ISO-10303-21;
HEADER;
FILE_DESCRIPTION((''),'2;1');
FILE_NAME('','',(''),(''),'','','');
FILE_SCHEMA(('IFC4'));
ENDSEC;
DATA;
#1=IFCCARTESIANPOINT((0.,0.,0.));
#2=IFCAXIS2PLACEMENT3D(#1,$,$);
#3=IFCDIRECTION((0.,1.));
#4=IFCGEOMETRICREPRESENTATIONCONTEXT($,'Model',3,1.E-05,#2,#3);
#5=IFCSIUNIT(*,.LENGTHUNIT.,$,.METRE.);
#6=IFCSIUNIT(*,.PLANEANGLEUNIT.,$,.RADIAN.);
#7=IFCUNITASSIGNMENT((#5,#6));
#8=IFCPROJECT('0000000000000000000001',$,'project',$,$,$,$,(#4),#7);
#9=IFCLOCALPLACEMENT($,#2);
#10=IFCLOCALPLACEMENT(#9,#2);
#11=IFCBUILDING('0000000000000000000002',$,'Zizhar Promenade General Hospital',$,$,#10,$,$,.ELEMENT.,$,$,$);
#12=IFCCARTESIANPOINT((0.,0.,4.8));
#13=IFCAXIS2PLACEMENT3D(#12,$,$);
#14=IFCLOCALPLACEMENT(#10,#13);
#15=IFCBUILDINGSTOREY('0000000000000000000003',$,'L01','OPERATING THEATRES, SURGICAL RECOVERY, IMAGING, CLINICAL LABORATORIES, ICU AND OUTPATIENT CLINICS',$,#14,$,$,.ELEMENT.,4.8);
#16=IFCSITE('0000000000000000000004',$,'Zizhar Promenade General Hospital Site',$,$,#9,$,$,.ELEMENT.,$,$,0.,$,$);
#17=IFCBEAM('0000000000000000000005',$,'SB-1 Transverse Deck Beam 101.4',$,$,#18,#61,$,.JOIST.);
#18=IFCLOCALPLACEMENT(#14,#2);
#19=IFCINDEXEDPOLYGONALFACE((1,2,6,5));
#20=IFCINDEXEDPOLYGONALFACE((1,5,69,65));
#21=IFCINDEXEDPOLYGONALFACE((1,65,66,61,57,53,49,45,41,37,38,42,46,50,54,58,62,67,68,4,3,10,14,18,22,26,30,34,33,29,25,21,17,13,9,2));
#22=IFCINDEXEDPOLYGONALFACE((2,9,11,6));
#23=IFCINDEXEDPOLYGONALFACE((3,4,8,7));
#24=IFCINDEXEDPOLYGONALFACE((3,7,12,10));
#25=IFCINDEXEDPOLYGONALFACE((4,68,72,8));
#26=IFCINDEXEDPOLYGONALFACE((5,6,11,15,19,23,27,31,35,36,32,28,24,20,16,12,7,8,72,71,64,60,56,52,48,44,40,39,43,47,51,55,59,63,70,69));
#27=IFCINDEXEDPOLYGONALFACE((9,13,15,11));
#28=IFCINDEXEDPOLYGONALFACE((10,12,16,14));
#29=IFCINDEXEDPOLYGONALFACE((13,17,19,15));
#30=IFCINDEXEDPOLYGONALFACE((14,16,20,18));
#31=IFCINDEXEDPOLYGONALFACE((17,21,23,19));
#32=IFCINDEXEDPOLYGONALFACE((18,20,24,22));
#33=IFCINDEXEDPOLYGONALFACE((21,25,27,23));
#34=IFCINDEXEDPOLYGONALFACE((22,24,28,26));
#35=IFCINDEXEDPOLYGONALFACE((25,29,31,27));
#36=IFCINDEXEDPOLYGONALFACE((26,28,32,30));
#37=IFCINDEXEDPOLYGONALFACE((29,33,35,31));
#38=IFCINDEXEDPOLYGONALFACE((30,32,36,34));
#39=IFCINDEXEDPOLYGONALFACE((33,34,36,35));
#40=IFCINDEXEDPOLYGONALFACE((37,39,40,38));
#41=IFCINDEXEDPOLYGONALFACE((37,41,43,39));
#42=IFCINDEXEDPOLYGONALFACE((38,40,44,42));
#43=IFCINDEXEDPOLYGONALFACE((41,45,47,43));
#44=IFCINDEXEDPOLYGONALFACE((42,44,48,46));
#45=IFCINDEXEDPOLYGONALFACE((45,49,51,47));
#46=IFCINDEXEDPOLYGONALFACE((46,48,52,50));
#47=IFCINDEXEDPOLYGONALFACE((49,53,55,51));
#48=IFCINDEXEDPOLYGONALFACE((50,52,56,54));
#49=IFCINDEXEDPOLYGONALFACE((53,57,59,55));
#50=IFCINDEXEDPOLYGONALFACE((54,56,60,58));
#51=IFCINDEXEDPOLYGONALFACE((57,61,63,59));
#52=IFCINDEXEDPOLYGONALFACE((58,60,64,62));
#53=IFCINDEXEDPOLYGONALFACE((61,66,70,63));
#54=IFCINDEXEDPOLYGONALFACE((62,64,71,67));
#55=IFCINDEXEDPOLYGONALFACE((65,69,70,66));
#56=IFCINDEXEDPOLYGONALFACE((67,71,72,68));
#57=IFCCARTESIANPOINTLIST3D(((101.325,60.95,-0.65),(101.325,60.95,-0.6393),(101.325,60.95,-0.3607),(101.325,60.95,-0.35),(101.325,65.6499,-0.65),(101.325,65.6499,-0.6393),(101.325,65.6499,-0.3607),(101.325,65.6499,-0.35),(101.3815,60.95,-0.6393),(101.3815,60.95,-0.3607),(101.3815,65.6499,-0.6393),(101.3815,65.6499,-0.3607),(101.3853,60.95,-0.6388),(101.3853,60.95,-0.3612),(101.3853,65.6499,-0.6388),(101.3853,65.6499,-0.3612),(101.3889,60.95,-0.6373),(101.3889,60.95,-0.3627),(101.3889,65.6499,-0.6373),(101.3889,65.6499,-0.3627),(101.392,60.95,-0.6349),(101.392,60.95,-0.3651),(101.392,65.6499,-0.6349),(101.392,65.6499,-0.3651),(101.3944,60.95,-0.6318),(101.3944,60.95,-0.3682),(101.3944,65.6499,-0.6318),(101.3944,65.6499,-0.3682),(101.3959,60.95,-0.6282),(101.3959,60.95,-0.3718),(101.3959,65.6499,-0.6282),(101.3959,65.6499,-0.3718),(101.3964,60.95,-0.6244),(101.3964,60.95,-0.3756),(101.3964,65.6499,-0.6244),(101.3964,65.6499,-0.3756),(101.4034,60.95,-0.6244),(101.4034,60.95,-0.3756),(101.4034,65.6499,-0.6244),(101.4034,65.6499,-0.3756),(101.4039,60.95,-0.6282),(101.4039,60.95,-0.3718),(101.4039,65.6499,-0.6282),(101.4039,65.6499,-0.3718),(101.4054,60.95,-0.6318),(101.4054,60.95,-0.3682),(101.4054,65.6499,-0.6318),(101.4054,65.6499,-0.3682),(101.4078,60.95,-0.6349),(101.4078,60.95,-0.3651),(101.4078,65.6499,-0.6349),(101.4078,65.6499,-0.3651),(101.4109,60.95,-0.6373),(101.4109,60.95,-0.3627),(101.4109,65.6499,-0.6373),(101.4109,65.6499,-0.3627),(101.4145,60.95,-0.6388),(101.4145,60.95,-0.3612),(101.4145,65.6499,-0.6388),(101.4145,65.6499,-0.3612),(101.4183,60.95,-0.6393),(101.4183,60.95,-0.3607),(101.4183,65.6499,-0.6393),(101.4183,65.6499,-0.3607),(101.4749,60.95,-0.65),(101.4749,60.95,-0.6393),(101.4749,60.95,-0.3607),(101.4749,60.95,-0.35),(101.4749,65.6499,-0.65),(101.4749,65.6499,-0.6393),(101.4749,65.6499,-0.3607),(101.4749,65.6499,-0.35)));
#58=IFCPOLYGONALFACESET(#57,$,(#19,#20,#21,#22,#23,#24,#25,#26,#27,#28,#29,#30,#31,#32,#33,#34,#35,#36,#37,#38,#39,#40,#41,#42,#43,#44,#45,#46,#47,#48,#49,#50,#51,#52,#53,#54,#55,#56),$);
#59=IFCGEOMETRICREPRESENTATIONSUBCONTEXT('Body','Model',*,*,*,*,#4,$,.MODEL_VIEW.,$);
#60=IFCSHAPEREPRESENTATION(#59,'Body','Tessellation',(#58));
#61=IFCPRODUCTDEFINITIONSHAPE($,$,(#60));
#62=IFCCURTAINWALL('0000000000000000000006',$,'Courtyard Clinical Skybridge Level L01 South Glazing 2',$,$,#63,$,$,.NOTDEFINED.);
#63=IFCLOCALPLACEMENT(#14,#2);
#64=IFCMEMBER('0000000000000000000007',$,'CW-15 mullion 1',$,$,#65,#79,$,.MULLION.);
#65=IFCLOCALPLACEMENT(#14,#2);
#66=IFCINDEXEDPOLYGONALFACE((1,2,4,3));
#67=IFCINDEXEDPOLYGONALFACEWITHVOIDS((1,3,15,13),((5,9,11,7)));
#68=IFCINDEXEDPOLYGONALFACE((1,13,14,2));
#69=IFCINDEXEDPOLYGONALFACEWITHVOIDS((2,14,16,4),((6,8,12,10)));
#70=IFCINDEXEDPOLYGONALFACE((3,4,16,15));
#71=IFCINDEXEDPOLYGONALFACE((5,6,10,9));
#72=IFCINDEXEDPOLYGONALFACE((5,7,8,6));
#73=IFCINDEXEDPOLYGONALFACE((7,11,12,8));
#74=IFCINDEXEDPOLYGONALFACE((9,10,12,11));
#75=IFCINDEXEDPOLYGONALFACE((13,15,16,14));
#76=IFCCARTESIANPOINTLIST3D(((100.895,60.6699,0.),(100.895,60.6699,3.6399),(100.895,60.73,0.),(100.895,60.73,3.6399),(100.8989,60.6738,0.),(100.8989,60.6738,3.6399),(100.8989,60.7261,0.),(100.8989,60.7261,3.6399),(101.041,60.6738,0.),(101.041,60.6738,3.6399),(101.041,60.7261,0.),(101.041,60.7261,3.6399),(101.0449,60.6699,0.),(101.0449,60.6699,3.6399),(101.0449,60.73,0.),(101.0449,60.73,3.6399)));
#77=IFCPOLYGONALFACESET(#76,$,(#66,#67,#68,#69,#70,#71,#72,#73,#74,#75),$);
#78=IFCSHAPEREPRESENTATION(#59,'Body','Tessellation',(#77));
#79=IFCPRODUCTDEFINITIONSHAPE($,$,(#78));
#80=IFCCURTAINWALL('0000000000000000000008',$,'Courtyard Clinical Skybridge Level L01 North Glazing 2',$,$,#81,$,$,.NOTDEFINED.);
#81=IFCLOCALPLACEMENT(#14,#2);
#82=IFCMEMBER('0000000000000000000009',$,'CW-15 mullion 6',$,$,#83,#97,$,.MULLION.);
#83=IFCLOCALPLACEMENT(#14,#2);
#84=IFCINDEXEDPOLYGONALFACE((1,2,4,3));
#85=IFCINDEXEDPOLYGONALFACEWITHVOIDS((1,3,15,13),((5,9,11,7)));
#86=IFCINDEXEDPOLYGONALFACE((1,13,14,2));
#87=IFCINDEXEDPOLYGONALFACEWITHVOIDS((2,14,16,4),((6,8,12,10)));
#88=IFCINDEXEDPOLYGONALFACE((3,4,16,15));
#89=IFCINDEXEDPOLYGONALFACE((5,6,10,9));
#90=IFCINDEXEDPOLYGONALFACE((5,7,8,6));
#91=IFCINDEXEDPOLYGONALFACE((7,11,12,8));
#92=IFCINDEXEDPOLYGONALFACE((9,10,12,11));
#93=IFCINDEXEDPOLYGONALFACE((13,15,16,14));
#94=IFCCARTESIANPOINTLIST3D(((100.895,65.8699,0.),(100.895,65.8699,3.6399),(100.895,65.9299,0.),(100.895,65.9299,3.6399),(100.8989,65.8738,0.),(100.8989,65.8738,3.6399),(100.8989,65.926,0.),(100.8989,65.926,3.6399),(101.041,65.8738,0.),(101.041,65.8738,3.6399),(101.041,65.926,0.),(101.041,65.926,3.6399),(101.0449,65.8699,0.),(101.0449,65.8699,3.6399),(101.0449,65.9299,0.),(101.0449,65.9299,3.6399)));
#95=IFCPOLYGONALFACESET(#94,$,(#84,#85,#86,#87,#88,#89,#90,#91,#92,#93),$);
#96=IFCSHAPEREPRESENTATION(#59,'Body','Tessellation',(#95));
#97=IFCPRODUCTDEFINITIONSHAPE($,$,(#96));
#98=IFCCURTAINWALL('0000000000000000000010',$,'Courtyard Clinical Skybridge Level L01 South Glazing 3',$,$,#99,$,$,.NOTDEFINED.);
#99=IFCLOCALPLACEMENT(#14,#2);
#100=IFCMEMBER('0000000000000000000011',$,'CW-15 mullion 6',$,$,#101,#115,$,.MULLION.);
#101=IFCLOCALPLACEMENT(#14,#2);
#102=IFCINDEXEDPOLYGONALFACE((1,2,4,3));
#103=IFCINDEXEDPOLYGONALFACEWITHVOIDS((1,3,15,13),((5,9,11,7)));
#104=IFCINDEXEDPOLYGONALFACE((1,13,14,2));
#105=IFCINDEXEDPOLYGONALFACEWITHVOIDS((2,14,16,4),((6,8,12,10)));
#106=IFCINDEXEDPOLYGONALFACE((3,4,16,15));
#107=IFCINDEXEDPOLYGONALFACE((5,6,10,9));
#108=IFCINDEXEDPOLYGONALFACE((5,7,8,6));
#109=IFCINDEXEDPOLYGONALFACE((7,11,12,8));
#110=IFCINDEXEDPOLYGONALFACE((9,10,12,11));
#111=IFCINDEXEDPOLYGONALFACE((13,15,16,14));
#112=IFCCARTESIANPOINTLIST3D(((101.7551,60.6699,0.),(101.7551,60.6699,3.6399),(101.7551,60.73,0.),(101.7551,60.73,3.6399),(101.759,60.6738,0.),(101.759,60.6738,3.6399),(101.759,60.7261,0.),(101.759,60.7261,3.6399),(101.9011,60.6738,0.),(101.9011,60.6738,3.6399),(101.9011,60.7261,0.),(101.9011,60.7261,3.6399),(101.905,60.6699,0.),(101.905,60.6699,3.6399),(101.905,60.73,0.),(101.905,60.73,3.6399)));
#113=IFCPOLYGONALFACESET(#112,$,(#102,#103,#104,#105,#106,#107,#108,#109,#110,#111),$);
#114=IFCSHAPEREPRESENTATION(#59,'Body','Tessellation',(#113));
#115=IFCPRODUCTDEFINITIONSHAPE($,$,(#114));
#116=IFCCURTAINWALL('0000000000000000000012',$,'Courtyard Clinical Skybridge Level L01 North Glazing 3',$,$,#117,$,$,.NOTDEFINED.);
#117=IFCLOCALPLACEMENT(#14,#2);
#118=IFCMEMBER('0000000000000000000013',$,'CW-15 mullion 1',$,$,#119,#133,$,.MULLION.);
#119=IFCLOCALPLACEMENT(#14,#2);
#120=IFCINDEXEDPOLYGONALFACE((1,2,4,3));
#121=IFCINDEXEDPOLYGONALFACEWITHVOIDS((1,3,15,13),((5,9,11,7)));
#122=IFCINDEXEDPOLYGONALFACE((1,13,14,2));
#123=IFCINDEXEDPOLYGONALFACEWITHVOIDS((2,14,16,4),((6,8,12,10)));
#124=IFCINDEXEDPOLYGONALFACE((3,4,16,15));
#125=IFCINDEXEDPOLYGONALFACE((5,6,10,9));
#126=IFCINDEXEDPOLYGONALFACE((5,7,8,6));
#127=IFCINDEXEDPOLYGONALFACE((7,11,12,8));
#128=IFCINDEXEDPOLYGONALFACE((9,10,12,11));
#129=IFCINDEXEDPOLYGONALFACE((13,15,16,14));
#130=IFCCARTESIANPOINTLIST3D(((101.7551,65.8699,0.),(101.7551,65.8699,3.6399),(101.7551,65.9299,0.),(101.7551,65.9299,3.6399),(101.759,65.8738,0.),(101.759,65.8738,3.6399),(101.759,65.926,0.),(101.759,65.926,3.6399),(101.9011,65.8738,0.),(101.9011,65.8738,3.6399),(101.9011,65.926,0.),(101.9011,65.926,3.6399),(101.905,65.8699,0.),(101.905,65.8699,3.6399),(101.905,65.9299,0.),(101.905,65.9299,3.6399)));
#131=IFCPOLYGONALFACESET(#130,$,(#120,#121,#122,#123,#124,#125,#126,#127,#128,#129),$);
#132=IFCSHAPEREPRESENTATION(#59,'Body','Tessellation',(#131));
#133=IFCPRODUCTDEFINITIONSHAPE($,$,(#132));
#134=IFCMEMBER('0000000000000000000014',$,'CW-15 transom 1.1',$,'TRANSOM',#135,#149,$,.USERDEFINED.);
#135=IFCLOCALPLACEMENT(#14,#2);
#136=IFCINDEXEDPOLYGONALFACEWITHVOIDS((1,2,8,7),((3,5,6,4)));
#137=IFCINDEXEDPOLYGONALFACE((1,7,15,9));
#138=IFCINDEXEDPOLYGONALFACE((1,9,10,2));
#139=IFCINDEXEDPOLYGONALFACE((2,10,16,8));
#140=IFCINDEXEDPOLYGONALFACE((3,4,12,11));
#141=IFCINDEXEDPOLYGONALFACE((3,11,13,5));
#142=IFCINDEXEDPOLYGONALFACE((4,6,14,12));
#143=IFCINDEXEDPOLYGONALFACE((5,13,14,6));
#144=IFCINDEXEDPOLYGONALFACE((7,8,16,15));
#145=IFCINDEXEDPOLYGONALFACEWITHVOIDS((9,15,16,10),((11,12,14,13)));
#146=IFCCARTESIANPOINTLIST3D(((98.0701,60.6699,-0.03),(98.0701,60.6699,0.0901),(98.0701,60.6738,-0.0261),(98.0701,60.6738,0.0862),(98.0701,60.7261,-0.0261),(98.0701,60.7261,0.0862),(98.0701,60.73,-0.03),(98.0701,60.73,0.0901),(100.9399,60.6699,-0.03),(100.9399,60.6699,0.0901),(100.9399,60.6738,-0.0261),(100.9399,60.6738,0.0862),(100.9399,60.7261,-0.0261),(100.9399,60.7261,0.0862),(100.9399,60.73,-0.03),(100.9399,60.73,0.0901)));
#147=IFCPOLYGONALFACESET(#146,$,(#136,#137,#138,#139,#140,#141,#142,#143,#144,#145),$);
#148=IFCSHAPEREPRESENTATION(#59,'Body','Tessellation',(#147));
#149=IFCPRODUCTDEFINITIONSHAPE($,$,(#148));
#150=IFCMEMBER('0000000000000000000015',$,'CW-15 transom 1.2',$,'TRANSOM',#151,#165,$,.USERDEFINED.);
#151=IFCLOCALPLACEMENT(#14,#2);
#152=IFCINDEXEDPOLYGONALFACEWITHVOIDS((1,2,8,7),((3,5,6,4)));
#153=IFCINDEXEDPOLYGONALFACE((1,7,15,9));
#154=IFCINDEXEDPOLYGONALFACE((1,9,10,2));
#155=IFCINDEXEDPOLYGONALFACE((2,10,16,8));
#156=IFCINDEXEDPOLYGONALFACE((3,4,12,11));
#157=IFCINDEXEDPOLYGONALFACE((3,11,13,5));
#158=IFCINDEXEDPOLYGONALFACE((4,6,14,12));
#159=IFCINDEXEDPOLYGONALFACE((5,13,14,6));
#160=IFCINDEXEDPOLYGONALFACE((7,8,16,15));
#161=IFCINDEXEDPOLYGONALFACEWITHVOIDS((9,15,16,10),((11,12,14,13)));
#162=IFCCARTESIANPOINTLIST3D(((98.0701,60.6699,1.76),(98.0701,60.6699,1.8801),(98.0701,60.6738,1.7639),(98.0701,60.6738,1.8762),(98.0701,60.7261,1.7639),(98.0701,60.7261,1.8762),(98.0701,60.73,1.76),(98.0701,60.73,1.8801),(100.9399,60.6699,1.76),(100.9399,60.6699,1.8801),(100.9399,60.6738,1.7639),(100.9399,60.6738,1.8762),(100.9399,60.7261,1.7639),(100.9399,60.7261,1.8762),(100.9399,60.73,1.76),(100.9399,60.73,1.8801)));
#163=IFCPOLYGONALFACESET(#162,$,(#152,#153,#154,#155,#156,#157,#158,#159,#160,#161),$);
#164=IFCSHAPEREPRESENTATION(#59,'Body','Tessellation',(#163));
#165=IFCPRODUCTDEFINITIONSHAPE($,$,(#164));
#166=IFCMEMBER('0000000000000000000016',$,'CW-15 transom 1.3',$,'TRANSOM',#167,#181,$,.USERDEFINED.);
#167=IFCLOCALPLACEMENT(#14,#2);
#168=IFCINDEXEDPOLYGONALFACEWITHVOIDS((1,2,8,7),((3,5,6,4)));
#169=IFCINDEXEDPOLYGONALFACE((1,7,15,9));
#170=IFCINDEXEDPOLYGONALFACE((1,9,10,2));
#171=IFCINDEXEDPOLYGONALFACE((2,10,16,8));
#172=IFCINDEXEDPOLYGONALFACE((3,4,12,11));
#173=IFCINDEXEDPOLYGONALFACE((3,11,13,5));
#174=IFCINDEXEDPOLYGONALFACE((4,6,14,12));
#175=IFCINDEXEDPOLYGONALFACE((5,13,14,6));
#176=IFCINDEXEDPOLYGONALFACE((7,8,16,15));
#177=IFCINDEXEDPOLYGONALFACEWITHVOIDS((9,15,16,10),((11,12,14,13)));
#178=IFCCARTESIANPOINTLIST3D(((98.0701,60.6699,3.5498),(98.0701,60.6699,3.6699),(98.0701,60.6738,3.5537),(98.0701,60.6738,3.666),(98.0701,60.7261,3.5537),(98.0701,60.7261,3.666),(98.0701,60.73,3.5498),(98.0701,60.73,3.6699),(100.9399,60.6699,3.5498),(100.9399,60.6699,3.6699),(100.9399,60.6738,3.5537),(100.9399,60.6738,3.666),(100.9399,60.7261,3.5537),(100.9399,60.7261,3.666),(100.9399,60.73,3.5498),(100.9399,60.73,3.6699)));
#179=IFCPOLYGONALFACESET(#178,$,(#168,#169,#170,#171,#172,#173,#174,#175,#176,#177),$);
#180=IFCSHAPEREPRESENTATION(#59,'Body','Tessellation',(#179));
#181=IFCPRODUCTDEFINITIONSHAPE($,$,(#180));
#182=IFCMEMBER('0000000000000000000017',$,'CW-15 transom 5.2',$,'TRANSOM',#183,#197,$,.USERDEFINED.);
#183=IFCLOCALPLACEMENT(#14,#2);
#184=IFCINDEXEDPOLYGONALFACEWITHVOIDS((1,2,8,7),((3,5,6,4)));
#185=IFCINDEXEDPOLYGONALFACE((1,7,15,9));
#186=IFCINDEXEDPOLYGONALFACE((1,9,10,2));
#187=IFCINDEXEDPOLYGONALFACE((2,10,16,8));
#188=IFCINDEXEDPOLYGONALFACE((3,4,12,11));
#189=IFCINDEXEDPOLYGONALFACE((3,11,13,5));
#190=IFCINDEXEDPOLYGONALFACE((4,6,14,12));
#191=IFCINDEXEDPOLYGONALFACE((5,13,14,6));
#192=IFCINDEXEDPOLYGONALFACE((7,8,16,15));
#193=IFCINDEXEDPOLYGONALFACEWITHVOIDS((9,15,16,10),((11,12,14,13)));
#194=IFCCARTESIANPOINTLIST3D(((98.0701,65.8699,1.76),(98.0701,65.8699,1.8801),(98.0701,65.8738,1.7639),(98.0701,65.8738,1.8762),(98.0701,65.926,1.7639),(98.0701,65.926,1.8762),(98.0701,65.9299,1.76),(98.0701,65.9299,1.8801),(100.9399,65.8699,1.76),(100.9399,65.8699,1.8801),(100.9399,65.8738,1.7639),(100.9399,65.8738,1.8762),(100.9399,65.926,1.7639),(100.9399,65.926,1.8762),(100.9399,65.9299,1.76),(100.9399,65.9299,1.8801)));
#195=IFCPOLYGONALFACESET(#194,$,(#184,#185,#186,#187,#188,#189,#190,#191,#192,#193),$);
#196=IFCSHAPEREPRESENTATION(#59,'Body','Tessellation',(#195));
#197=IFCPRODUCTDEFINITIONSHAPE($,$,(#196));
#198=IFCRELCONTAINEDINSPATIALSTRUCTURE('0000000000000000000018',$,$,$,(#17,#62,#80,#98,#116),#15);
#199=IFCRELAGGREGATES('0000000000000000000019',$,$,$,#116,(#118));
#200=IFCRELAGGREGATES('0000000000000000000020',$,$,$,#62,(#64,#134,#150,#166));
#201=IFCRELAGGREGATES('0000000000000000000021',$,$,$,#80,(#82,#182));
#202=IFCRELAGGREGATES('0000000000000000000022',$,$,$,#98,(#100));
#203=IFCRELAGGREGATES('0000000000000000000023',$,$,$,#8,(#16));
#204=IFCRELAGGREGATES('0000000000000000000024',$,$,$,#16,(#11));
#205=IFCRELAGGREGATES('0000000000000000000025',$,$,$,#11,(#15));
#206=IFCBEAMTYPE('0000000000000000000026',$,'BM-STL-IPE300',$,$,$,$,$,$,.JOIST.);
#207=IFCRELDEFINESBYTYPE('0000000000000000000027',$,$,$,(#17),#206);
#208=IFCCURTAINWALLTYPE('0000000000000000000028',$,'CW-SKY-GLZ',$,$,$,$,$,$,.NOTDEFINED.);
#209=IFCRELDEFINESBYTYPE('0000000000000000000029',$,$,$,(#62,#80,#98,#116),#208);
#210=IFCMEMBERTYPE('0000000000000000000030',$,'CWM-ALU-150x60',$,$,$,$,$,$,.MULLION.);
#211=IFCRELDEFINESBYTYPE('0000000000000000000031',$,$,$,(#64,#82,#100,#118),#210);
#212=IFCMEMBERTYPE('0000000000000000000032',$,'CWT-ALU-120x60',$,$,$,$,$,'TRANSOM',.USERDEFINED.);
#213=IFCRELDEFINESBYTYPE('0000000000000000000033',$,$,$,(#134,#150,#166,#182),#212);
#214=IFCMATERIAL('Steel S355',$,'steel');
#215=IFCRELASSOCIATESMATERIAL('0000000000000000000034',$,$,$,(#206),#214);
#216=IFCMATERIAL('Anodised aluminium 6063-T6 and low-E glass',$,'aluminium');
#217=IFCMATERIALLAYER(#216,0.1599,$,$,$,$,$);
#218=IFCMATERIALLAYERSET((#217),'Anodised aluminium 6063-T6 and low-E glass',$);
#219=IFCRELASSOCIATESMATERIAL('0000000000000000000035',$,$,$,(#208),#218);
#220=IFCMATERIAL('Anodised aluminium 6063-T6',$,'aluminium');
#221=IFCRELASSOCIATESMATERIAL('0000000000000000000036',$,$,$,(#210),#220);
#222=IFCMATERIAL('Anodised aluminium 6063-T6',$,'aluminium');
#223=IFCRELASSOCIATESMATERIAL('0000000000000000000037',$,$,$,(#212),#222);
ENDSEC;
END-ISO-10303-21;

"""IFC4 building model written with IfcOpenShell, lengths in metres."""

from ifc_helpers import new_model, si_unit, direction, frame, origin, origin_2d, place, context, subcontext, project, spatial, hollow_rectangle, i_section, extrude, material, layer, layer_set, material_profile, profile_set, type_object, element, aggregate, save


model = new_model("IFC4")

# Units and contexts
model_context = context("Model", 3, precision=1e-05, world=origin(), true_north=direction((0.0, 1.0)))
body_context = subcontext(model_context, "Body", "Model", "MODEL_VIEW")
ifc_project = project(units=[si_unit("LENGTHUNIT", "METRE"), si_unit("PLANEANGLEUNIT", "RADIAN")], contexts=[model_context])

# Site, building, storey
site_placement = place(None, origin())
site = spatial("IfcSite", under=ifc_project, at=site_placement, Name="Zizhar Promenade General Hospital Site", CompositionType="ELEMENT", RefElevation=0.0)
building_placement = place(site_placement, origin())
building = spatial("IfcBuilding", under=site, at=building_placement, Name="Zizhar Promenade General Hospital", CompositionType="ELEMENT")
storey_placement = place(building_placement, frame((0.0, 0.0, 4.8)))
storey = spatial("IfcBuildingStorey", under=building, at=storey_placement, Name="L01", Description="OPERATING THEATRES, SURGICAL RECOVERY, IMAGING, CLINICAL LABORATORIES, ICU AND OUTPATIENT CLINICS", CompositionType="ELEMENT", Elevation=4.8)

# Beam
ifc_material_1 = material(Name="Steel S355", Category="steel")
ifc_material_profile_1 = material_profile(ifc_material_1, i_section(OverallWidth=0.1499, OverallDepth=0.3, WebThickness=0.0071, FlangeThickness=0.0107, FilletRadius=0.0149, at=origin_2d()))
ifc_profile_set_1 = profile_set([ifc_material_profile_1], Name="Steel S355")
beam_type_1 = type_object("IfcBeamType", Name="BM-STL-IPE300", PredefinedType="JOIST", material=ifc_profile_set_1)
beam_placement = place(storey_placement, frame((101.3999, 60.95, -0.5), z_axis=(0.0, 1.0, 0.0), x_axis=(-1.0, 0.0, 0.0)))
element("IfcBeam", 1, at=beam_placement, inside=storey, type_object=beam_type_1, Name="SB-1 Transverse Deck Beam 101.4", PredefinedType="JOIST", context=body_context, shape_type="SweptSolid", body=[
    extrude(i_section(OverallWidth=0.1499, OverallDepth=0.3, WebThickness=0.0071, FlangeThickness=0.0107, FilletRadius=0.0149, at=origin_2d()), origin(), (0.0, 0.0, 1.0), 4.7),
])

# Curtain walls, members
ifc_material_2 = material(Name="Anodised aluminium 6063-T6 and low-E glass", Category="aluminium")
ifc_layer_1 = layer(ifc_material_2, 0.1599)
ifc_layer_set_1 = layer_set([ifc_layer_1], Name="Anodised aluminium 6063-T6 and low-E glass")
curtain_wall_type = type_object("IfcCurtainWallType", Name="CW-SKY-GLZ", PredefinedType="NOTDEFINED", material=ifc_layer_set_1)
curtain_wall_1_placement = place(storey_placement, origin())
curtain_wall_1 = element("IfcCurtainWall", 2, at=curtain_wall_1_placement, inside=storey, type_object=curtain_wall_type, Name="Courtyard Clinical Skybridge Level L01 South Glazing 2", PredefinedType="NOTDEFINED")
ifc_material_3 = material(Name="Anodised aluminium 6063-T6", Category="aluminium")
ifc_material_profile_2 = material_profile(ifc_material_3, hollow_rectangle(XDim=0.0601, YDim=0.1499, WallThickness=0.0039, at=origin_2d()))
ifc_profile_set_2 = profile_set([ifc_material_profile_2], Name="Anodised aluminium 6063-T6")
member_type_1 = type_object("IfcMemberType", Name="CWM-ALU-150x60", PredefinedType="MULLION", material=ifc_profile_set_2)
member_1_placement = place(storey_placement, frame((100.97, 60.7, 0.0), z_axis=(0.0, 0.0, 1.0), x_axis=(0.0, -1.0, 0.0)))
member_1 = element("IfcMember", 3, at=member_1_placement, type_object=member_type_1, Name="CW-15 mullion 1", PredefinedType="MULLION", context=body_context, shape_type="SweptSolid", body=[
    extrude(hollow_rectangle(XDim=0.0601, YDim=0.1499, WallThickness=0.0039, at=origin_2d()), origin(), (0.0, 0.0, 1.0), 3.6399),
])
curtain_wall_2_placement = place(storey_placement, origin())
curtain_wall_2 = element("IfcCurtainWall", 4, at=curtain_wall_2_placement, inside=storey, type_object=curtain_wall_type, Name="Courtyard Clinical Skybridge Level L01 North Glazing 2", PredefinedType="NOTDEFINED")
member_2_placement = place(storey_placement, frame((100.97, 65.8999, 0.0), z_axis=(0.0, 0.0, 1.0), x_axis=(0.0, 1.0, 0.0)))
member_2 = element("IfcMember", 5, at=member_2_placement, type_object=member_type_1, Name="CW-15 mullion 6", PredefinedType="MULLION", context=body_context, shape_type="SweptSolid", body=[
    extrude(hollow_rectangle(XDim=0.0601, YDim=0.1499, WallThickness=0.0039, at=origin_2d()), origin(), (0.0, 0.0, 1.0), 3.6399),
])
curtain_wall_3_placement = place(storey_placement, origin())
curtain_wall_3 = element("IfcCurtainWall", 6, at=curtain_wall_3_placement, inside=storey, type_object=curtain_wall_type, Name="Courtyard Clinical Skybridge Level L01 South Glazing 3", PredefinedType="NOTDEFINED")
member_3_placement = place(storey_placement, frame((101.8301, 60.7, 0.0), z_axis=(0.0, 0.0, 1.0), x_axis=(0.0, -1.0, 0.0)))
member_3 = element("IfcMember", 7, at=member_3_placement, type_object=member_type_1, Name="CW-15 mullion 6", PredefinedType="MULLION", context=body_context, shape_type="SweptSolid", body=[
    extrude(hollow_rectangle(XDim=0.0601, YDim=0.1499, WallThickness=0.0039, at=origin_2d()), origin(), (0.0, 0.0, 1.0), 3.6399),
])
curtain_wall_4_placement = place(storey_placement, origin())
curtain_wall_4 = element("IfcCurtainWall", 8, at=curtain_wall_4_placement, inside=storey, type_object=curtain_wall_type, Name="Courtyard Clinical Skybridge Level L01 North Glazing 3", PredefinedType="NOTDEFINED")
member_4_placement = place(storey_placement, frame((101.8301, 65.8999, 0.0), z_axis=(0.0, 0.0, 1.0), x_axis=(0.0, 1.0, 0.0)))
member_4 = element("IfcMember", 9, at=member_4_placement, type_object=member_type_1, Name="CW-15 mullion 1", PredefinedType="MULLION", context=body_context, shape_type="SweptSolid", body=[
    extrude(hollow_rectangle(XDim=0.0601, YDim=0.1499, WallThickness=0.0039, at=origin_2d()), origin(), (0.0, 0.0, 1.0), 3.6399),
])

# Members
ifc_material_4 = material(Name="Anodised aluminium 6063-T6", Category="aluminium")
ifc_material_profile_3 = material_profile(ifc_material_4, hollow_rectangle(XDim=0.0601, YDim=0.1201, WallThickness=0.0039, at=origin_2d()))
ifc_profile_set_3 = profile_set([ifc_material_profile_3], Name="Anodised aluminium 6063-T6")
member_type_2 = type_object("IfcMemberType", Name="CWT-ALU-120x60", ElementType="TRANSOM", PredefinedType="USERDEFINED", material=ifc_profile_set_3)
member_5_placement = place(storey_placement, frame((100.9399, 60.7, 0.03), z_axis=(-1.0, 0.0, 0.0), x_axis=(0.0, -1.0, 0.0)))
member_5 = element("IfcMember", 10, at=member_5_placement, type_object=member_type_2, Name="CW-15 transom 1.1", ObjectType="TRANSOM", PredefinedType="USERDEFINED", context=body_context, shape_type="SweptSolid", body=[
    extrude(hollow_rectangle(XDim=0.0601, YDim=0.1201, WallThickness=0.0039, at=origin_2d()), origin(), (0.0, 0.0, 1.0), 2.8699),
])
member_6_placement = place(storey_placement, frame((100.9399, 60.7, 1.8201), z_axis=(-1.0, 0.0, 0.0), x_axis=(0.0, -1.0, 0.0)))
member_6 = element("IfcMember", 11, at=member_6_placement, type_object=member_type_2, Name="CW-15 transom 1.2", ObjectType="TRANSOM", PredefinedType="USERDEFINED", context=body_context, shape_type="SweptSolid", body=[
    extrude(hollow_rectangle(XDim=0.0601, YDim=0.1201, WallThickness=0.0039, at=origin_2d()), origin(), (0.0, 0.0, 1.0), 2.8699),
])
member_7_placement = place(storey_placement, frame((100.9399, 60.7, 3.6099), z_axis=(-1.0, 0.0, 0.0), x_axis=(0.0, -1.0, 0.0)))
member_7 = element("IfcMember", 12, at=member_7_placement, type_object=member_type_2, Name="CW-15 transom 1.3", ObjectType="TRANSOM", PredefinedType="USERDEFINED", context=body_context, shape_type="SweptSolid", body=[
    extrude(hollow_rectangle(XDim=0.0601, YDim=0.1201, WallThickness=0.0039, at=origin_2d()), origin(), (0.0, 0.0, 1.0), 2.8699),
])
member_8_placement = place(storey_placement, frame((98.0701, 65.8999, 1.8201), z_axis=(1.0, 0.0, 0.0), x_axis=(0.0, 1.0, 0.0)))
member_8 = element("IfcMember", 13, at=member_8_placement, type_object=member_type_2, Name="CW-15 transom 5.2", ObjectType="TRANSOM", PredefinedType="USERDEFINED", context=body_context, shape_type="SweptSolid", body=[
    extrude(hollow_rectangle(XDim=0.0601, YDim=0.1201, WallThickness=0.0039, at=origin_2d()), origin(), (0.0, 0.0, 1.0), 2.8699),
])
aggregate(curtain_wall_4, [member_4])

aggregate(curtain_wall_1, [member_1, member_5, member_6, member_7])
aggregate(curtain_wall_2, [member_2, member_8])
aggregate(curtain_wall_3, [member_3])

save(model, "model.ifc")
